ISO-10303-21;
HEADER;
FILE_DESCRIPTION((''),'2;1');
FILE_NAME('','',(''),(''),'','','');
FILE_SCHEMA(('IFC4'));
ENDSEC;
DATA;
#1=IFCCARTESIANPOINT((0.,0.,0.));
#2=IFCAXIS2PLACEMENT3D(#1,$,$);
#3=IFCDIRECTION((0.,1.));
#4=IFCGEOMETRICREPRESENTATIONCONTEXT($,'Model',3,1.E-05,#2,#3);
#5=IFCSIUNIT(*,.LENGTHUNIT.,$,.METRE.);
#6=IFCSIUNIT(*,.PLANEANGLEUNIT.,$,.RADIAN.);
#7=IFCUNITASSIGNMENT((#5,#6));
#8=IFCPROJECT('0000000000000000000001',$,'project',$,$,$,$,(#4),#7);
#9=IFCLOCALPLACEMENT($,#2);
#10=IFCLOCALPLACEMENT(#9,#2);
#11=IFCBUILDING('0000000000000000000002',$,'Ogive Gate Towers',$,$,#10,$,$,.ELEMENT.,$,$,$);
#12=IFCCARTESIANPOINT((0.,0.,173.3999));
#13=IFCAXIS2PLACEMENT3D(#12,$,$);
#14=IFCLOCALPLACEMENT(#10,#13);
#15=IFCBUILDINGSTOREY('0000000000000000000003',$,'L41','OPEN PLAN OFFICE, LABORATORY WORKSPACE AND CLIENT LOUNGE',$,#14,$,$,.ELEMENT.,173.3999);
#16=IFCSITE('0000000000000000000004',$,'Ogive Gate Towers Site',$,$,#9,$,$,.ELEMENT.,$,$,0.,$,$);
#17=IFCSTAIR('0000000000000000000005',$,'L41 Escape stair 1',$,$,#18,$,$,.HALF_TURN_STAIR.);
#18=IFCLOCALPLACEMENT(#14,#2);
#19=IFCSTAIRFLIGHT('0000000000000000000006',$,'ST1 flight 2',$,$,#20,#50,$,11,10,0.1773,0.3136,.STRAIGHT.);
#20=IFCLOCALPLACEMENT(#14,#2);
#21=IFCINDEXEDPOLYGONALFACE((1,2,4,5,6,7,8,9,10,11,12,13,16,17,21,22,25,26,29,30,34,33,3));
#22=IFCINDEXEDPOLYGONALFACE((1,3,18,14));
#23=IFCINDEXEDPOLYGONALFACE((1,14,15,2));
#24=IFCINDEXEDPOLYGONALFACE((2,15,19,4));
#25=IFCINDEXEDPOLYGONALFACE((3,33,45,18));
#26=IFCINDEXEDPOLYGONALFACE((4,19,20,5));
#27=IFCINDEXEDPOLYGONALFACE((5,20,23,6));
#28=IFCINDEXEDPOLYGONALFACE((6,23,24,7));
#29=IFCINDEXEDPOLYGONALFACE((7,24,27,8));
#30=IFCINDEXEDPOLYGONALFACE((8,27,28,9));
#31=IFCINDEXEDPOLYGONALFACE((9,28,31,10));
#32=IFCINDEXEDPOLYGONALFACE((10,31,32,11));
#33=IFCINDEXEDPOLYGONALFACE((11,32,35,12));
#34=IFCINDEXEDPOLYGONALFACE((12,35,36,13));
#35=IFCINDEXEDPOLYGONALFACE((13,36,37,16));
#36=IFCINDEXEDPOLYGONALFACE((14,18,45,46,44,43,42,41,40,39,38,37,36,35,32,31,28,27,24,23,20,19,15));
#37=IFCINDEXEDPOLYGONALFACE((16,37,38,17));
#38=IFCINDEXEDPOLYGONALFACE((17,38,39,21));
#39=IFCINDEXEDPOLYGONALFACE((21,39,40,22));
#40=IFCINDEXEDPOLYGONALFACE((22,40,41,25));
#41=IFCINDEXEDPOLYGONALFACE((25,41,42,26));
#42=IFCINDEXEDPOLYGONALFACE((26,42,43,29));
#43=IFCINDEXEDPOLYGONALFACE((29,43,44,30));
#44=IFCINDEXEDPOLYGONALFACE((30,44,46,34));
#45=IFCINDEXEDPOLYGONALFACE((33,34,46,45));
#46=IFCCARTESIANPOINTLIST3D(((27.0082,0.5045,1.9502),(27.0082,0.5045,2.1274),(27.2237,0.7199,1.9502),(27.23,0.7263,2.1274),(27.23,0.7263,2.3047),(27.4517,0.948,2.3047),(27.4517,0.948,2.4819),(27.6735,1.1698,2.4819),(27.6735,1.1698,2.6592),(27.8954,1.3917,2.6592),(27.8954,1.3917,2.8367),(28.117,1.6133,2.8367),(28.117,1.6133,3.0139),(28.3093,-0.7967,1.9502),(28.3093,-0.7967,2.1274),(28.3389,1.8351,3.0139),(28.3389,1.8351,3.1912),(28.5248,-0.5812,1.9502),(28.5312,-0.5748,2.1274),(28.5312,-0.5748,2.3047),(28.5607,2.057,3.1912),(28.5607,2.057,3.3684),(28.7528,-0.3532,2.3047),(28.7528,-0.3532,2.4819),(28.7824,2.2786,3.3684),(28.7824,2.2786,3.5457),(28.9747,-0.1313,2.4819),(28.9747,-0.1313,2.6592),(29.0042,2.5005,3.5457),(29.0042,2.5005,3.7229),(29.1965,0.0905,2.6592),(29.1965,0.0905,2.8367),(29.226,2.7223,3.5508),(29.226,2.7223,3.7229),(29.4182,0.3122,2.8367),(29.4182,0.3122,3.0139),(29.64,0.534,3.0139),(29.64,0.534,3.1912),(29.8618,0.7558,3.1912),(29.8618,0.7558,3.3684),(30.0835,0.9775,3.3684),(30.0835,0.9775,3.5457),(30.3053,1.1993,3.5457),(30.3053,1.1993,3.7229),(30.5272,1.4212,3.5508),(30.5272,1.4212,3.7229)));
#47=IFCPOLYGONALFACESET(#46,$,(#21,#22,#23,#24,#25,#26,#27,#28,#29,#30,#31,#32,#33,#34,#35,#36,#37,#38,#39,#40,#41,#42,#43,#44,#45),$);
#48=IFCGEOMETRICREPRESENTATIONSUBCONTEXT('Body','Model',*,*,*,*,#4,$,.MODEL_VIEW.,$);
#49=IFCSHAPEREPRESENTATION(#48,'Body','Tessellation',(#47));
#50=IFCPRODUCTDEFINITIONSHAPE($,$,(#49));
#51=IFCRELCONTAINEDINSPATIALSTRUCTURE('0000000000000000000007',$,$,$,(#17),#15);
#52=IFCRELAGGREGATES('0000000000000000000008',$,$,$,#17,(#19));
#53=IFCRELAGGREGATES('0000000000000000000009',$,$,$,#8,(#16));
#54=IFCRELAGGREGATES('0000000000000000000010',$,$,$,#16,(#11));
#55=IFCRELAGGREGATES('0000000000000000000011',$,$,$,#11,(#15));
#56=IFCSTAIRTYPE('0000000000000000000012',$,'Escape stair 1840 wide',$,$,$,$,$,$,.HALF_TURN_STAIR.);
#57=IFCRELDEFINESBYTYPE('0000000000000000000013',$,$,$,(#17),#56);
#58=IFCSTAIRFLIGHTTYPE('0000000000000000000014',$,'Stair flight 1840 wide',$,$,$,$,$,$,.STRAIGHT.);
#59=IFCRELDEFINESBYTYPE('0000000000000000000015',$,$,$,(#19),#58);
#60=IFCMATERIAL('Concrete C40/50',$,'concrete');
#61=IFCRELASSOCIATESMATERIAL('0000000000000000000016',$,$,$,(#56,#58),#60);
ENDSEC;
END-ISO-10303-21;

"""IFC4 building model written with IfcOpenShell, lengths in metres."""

from ifc_helpers import new_model, si_unit, direction, frame, origin, place, context, subcontext, project, spatial, polyline, outline, extrude, material, type_object, element, aggregate, save


model = new_model("IFC4")

# Units and contexts
model_context = context("Model", 3, precision=1e-05, world=origin(), true_north=direction((0.0, 1.0)))
body_context = subcontext(model_context, "Body", "Model", "MODEL_VIEW")
ifc_project = project(units=[si_unit("LENGTHUNIT", "METRE"), si_unit("PLANEANGLEUNIT", "RADIAN")], contexts=[model_context])

# Site, building, storey
site_placement = place(None, origin())
site = spatial("IfcSite", under=ifc_project, at=site_placement, Name="Ogive Gate Towers Site", CompositionType="ELEMENT", RefElevation=0.0)
building_placement = place(site_placement, origin())
building = spatial("IfcBuilding", under=site, at=building_placement, Name="Ogive Gate Towers", CompositionType="ELEMENT")
storey_placement = place(building_placement, frame((0.0, 0.0, 173.3999)))
storey = spatial("IfcBuildingStorey", under=building, at=storey_placement, Name="L41", Description="OPEN PLAN OFFICE, LABORATORY WORKSPACE AND CLIENT LOUNGE", CompositionType="ELEMENT", Elevation=173.3999)

# Stair, stair flight
ifc_material_1 = material(Name="Concrete C40/50", Category="concrete")
stair_type = type_object("IfcStairType", Name="Escape stair 1840 wide", PredefinedType="HALF_TURN_STAIR", material=ifc_material_1)
stair_placement = place(storey_placement, origin())
stair = element("IfcStair", 1, at=stair_placement, inside=storey, type_object=stair_type, Name="L41 Escape stair 1", PredefinedType="HALF_TURN_STAIR")
stair_flight_type = type_object("IfcStairFlightType", Name="Stair flight 1840 wide", PredefinedType="STRAIGHT", material=ifc_material_1)
stair_flight_placement = place(storey_placement, frame((27.6587, -0.146, 1.9502), z_axis=(0.0, 0.0, 1.0), x_axis=(0.707107, 0.707107, 0.0)))
stair_flight = element("IfcStairFlight", 2, at=stair_flight_placement, type_object=stair_flight_type, Name="ST1 flight 2", NumberOfRisers=11, NumberOfTreads=10, PredefinedType="STRAIGHT", RiserHeight=0.1773, TreadLength=0.3136, context=body_context, shape_type="SweptSolid", body=[
    extrude(outline(polyline([(0.0, 0.0), (0.0, 0.1772), (0.3137, 0.1772), (0.3137, 0.3545), (0.6272, 0.3545), (0.6272, 0.5317), (0.9409, 0.5317), (0.9409, 0.709), (1.2546, 0.709), (1.2546, 0.8865), (1.5681, 0.8865), (1.5681, 1.0637), (1.8818, 1.0637), (1.8818, 1.241), (2.1956, 1.241), (2.1956, 1.4182), (2.509, 1.4182), (2.509, 1.5955), (2.8228, 1.5955), (2.8228, 1.7727), (3.1365, 1.7727), (3.1365, 1.95), (3.1365, 1.6006), (0.3047, 0.0), (0.0, 0.0)])), frame((0.0, 0.9199, 0.0), z_axis=(0.0, -1.0, 0.0), x_axis=(1.0, 0.0, 0.0)), (0.0, 0.0, 1.0), 1.8401),
])
aggregate(stair, [stair_flight])

save(model, "model.ifc")
